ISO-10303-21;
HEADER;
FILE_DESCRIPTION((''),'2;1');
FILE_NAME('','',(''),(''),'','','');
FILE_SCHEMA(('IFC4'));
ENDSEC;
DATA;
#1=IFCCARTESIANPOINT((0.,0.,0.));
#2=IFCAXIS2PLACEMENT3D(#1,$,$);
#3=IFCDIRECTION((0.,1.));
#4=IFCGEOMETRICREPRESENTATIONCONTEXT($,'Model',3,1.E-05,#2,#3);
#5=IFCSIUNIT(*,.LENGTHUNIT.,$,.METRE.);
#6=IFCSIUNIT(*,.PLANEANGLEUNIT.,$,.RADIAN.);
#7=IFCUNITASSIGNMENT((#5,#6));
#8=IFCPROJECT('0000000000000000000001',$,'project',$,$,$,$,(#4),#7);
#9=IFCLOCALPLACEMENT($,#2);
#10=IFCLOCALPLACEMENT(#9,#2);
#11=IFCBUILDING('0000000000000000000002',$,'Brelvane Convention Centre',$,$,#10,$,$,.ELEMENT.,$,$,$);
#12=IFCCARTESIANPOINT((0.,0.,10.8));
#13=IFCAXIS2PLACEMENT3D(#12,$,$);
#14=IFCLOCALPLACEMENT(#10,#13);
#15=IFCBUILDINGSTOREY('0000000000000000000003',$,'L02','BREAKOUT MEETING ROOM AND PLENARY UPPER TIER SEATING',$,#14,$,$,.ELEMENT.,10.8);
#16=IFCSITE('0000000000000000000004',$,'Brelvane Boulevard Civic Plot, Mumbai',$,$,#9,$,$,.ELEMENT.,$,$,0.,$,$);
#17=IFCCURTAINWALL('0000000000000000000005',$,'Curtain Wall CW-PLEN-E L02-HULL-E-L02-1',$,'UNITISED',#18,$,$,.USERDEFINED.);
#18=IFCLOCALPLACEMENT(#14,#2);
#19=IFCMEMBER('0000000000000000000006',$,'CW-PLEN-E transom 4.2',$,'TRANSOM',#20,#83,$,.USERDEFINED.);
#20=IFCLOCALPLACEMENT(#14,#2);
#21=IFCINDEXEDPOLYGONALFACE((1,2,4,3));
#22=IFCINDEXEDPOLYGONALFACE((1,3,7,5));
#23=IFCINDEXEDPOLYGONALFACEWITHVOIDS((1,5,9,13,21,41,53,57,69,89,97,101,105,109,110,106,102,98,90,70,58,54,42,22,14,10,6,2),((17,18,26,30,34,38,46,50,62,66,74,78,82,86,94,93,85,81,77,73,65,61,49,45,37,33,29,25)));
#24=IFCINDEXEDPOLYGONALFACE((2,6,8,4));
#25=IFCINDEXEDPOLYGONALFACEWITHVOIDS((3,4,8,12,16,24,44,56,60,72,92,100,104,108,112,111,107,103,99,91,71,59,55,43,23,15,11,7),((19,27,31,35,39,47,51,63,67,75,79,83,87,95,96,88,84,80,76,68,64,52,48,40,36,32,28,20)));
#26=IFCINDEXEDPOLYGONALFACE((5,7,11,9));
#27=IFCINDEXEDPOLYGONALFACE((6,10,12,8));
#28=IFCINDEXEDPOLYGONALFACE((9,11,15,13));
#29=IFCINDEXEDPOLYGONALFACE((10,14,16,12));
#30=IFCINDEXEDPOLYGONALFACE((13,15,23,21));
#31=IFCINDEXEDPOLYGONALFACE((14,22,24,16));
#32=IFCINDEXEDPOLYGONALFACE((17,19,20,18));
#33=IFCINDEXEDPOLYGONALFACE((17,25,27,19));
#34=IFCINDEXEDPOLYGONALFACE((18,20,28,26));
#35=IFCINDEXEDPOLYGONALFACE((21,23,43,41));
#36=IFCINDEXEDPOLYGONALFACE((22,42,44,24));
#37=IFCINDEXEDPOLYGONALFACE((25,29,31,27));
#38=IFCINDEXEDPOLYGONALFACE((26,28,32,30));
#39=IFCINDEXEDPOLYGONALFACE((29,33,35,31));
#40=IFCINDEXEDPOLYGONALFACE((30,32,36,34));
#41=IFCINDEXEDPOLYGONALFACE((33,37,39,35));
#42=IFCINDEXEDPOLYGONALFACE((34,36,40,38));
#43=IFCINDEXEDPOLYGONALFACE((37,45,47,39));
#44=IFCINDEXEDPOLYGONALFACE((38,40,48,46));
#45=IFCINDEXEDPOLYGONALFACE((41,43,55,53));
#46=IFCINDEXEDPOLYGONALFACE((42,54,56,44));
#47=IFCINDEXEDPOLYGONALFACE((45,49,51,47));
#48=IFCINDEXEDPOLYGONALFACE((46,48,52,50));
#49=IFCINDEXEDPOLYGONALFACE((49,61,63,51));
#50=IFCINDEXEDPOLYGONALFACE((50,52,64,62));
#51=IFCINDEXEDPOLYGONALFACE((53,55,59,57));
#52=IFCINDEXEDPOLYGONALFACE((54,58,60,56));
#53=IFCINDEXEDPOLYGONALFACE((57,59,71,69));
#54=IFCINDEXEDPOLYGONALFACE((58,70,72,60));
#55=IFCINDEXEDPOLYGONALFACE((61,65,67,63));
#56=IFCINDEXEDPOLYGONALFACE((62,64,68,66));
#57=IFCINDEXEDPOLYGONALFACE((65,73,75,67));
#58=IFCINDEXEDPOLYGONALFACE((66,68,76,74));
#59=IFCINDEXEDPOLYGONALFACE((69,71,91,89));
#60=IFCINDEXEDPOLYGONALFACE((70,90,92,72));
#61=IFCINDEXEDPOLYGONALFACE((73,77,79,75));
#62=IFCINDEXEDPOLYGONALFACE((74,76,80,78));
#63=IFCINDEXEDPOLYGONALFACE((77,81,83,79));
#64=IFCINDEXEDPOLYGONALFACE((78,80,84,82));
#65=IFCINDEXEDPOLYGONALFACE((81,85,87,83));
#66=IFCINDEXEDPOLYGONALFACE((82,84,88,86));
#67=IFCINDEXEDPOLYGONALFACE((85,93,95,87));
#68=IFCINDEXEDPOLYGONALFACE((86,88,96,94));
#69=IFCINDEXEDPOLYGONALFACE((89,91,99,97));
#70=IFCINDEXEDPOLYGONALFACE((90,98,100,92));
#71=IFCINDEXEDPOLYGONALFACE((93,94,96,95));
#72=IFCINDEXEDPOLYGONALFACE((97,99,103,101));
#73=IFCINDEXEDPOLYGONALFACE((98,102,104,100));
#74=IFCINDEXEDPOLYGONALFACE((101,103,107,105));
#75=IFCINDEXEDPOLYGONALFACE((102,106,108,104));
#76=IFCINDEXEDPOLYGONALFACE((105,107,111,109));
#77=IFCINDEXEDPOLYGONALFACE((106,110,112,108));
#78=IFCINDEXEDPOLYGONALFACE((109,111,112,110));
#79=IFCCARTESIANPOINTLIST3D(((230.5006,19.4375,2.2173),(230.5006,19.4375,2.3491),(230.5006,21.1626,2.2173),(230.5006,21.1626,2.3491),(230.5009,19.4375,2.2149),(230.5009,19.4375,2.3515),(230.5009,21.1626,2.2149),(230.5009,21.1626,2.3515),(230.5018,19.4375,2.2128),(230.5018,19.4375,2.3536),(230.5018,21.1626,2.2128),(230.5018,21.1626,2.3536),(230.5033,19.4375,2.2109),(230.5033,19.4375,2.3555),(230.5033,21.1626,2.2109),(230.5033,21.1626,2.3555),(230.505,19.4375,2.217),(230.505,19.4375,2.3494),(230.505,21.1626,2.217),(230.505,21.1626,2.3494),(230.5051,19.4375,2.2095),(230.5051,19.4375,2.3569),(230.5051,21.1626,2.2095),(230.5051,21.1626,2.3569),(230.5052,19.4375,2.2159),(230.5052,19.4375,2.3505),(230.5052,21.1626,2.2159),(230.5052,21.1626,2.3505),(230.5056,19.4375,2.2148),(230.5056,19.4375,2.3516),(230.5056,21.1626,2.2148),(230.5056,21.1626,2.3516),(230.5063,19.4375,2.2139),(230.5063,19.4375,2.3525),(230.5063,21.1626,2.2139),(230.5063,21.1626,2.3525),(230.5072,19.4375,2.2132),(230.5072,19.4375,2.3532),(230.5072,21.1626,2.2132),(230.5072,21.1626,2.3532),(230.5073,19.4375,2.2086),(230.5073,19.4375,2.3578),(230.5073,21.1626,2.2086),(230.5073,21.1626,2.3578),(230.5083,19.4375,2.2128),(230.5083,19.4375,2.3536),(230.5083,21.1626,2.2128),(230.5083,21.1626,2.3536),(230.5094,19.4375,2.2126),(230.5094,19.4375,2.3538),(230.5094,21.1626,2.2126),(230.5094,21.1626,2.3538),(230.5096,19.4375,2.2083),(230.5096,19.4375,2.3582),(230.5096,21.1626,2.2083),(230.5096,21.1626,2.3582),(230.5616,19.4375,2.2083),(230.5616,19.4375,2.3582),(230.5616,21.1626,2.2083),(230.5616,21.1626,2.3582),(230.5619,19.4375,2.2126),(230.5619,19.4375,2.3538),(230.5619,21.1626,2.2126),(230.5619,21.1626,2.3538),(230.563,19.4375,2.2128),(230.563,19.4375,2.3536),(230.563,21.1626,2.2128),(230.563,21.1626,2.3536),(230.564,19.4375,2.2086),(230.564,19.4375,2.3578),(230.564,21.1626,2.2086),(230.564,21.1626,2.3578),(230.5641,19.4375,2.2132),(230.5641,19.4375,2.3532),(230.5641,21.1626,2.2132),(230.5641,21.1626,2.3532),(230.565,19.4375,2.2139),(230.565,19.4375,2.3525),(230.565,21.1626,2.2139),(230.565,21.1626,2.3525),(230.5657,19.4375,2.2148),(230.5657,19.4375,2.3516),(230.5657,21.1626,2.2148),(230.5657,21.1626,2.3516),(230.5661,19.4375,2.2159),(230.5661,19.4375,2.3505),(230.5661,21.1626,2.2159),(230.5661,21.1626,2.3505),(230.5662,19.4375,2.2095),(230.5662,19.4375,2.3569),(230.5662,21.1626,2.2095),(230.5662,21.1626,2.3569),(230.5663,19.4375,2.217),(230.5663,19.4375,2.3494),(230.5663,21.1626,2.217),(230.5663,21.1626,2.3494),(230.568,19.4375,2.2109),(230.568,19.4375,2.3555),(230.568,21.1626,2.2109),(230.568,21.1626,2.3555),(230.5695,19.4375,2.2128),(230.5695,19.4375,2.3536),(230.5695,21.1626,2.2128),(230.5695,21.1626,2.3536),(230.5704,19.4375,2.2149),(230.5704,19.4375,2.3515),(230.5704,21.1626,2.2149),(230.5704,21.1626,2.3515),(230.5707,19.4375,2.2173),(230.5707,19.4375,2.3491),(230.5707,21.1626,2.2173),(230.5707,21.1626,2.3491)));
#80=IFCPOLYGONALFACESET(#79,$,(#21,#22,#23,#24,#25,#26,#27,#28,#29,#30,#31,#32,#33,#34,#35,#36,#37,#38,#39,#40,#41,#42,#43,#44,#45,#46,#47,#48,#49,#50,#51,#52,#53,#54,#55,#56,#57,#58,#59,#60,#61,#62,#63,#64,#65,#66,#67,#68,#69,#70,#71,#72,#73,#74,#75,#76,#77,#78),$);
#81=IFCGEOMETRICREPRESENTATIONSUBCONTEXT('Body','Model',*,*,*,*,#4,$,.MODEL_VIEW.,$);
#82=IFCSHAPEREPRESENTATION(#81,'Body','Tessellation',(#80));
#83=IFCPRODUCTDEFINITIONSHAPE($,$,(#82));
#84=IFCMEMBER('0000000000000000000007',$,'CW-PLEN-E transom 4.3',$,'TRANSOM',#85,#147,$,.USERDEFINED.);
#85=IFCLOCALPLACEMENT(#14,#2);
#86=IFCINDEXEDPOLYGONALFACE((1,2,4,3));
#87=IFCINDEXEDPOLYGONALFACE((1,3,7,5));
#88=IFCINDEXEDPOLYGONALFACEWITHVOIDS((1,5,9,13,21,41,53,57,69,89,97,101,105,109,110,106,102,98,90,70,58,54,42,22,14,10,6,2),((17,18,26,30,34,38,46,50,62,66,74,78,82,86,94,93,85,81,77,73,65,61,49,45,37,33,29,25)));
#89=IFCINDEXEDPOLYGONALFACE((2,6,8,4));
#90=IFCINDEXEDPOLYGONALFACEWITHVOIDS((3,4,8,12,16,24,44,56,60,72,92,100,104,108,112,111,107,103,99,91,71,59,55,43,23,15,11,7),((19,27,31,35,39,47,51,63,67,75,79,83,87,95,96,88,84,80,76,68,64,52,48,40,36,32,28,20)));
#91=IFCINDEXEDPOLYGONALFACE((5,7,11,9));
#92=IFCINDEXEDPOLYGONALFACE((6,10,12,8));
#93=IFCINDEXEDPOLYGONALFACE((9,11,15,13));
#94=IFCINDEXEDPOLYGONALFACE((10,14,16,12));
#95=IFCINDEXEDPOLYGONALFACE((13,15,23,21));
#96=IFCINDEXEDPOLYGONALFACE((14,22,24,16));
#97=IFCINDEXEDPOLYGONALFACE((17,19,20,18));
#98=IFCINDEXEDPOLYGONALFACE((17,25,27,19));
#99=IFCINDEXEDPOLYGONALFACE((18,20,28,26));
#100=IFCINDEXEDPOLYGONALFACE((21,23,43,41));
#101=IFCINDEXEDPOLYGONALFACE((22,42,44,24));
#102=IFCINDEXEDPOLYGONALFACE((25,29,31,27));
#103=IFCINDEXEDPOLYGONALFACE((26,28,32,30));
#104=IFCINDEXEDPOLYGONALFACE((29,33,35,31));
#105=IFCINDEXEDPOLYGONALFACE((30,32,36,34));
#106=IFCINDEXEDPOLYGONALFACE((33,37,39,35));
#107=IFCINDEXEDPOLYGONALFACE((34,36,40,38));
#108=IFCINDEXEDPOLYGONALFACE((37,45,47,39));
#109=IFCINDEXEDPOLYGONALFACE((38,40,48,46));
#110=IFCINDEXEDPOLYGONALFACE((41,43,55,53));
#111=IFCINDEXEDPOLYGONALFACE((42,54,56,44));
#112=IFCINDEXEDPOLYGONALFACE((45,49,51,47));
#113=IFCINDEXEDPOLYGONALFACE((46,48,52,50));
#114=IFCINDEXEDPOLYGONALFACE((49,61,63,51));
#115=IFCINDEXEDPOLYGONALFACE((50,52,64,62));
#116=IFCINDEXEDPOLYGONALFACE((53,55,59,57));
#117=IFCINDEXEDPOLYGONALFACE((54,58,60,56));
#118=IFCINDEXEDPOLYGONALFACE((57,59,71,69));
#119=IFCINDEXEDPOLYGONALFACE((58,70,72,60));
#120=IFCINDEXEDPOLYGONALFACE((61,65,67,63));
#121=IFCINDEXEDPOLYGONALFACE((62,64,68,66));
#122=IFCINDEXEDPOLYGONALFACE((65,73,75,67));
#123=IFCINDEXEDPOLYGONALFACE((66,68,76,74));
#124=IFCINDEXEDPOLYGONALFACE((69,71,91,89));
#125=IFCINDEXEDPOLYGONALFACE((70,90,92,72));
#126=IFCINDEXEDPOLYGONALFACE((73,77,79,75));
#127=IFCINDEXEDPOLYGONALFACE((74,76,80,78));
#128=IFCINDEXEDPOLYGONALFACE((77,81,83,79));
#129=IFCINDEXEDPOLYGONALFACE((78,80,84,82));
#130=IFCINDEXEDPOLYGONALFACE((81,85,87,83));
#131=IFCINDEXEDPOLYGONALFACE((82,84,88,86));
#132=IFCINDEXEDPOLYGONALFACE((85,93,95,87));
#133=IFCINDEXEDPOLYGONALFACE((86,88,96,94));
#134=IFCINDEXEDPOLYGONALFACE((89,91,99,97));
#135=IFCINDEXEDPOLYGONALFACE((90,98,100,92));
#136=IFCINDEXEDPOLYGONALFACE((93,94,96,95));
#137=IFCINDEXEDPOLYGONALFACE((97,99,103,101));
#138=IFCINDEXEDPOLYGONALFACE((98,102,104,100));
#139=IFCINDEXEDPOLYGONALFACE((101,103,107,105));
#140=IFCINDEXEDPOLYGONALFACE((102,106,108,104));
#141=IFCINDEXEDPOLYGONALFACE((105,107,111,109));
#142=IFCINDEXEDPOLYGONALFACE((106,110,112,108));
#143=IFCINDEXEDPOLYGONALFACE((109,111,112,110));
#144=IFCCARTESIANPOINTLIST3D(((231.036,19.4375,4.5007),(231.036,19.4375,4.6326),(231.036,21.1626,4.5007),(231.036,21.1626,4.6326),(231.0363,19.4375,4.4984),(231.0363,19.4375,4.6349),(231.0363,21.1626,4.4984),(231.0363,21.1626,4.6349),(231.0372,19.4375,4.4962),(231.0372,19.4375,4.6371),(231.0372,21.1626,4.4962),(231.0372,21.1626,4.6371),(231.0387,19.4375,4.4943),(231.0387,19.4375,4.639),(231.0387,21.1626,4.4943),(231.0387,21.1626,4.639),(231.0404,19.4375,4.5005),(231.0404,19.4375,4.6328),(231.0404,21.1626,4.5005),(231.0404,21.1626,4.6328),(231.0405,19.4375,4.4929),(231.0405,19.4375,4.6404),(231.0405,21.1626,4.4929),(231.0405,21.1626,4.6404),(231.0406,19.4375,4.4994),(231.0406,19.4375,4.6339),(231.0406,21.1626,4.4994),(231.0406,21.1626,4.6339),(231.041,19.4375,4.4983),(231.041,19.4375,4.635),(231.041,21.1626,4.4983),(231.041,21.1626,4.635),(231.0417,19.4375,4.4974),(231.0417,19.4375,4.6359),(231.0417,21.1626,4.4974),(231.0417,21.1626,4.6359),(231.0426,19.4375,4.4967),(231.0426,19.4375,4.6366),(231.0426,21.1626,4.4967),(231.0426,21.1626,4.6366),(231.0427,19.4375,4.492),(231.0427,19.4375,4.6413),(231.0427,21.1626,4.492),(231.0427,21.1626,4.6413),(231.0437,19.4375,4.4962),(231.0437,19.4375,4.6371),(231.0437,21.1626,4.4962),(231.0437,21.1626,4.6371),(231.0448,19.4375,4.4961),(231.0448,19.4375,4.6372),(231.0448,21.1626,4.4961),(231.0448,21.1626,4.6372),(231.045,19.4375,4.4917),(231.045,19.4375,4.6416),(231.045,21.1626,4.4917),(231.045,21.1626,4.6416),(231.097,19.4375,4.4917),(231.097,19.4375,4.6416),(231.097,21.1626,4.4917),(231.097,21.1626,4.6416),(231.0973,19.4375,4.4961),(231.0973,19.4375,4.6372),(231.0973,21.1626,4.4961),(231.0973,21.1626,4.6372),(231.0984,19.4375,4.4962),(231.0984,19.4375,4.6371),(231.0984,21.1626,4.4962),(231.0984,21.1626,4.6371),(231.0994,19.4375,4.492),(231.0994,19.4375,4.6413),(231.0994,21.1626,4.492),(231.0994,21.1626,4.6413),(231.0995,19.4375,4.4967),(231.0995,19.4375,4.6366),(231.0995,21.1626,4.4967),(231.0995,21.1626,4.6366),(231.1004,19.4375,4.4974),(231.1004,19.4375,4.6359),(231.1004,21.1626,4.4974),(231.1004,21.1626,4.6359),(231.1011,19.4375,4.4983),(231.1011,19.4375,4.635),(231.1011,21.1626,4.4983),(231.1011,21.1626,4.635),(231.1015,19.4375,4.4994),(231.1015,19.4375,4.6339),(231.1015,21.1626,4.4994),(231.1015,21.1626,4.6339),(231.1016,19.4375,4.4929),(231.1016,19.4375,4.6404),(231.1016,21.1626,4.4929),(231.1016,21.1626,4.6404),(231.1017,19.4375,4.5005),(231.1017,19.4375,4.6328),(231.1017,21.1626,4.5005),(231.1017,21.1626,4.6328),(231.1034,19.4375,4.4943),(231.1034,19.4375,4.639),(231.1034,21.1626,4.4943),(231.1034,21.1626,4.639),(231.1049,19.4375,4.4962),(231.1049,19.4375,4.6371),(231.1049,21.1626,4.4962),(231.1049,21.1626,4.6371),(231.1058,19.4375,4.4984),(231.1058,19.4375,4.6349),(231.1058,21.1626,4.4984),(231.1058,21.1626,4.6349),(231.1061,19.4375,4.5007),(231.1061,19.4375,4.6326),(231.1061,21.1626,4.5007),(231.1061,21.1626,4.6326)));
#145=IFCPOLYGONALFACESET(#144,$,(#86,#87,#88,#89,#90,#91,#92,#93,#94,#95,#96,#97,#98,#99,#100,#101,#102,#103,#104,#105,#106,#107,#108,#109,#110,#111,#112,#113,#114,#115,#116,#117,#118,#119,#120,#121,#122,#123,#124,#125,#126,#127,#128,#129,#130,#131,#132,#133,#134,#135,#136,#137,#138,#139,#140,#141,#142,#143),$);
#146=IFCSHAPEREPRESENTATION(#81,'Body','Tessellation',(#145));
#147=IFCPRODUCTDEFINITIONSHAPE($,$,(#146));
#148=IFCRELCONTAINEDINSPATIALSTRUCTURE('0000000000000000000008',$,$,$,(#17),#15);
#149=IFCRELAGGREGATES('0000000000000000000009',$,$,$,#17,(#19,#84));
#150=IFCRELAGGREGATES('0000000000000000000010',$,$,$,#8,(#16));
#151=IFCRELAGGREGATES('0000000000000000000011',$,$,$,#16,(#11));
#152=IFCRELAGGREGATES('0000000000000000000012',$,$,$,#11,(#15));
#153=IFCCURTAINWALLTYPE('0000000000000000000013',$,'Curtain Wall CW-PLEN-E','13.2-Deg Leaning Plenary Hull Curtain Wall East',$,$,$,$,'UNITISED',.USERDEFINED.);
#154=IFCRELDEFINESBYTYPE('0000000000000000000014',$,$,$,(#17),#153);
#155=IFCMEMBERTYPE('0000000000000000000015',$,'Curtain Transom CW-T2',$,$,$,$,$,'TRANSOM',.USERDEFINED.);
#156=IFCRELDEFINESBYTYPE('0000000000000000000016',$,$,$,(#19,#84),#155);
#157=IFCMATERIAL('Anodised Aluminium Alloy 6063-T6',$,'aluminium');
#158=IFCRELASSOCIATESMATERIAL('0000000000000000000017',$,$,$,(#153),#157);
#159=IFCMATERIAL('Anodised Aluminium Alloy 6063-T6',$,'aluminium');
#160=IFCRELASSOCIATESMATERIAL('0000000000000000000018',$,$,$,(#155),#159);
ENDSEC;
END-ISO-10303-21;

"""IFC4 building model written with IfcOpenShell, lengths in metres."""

from ifc_helpers import new_model, si_unit, direction, frame, origin, origin_2d, place, context, subcontext, project, spatial, hollow_rectangle, extrude, material, material_profile, profile_set, type_object, element, aggregate, save


model = new_model("IFC4")

# Units and contexts
model_context = context("Model", 3, precision=1e-05, world=origin(), true_north=direction((0.0, 1.0)))
body_context = subcontext(model_context, "Body", "Model", "MODEL_VIEW")
ifc_project = project(units=[si_unit("LENGTHUNIT", "METRE"), si_unit("PLANEANGLEUNIT", "RADIAN")], contexts=[model_context])

# Site, building, storey
site_placement = place(None, origin())
site = spatial("IfcSite", under=ifc_project, at=site_placement, Name="Brelvane Boulevard Civic Plot, Mumbai", CompositionType="ELEMENT", RefElevation=0.0)
building_placement = place(site_placement, origin())
building = spatial("IfcBuilding", under=site, at=building_placement, Name="Brelvane Convention Centre", CompositionType="ELEMENT")
storey_placement = place(building_placement, frame((0.0, 0.0, 10.8)))
storey = spatial("IfcBuildingStorey", under=building, at=storey_placement, Name="L02", Description="BREAKOUT MEETING ROOM AND PLENARY UPPER TIER SEATING", CompositionType="ELEMENT", Elevation=10.8)

# Curtain wall, members
ifc_material_1 = material(Name="Anodised Aluminium Alloy 6063-T6", Category="aluminium")
curtain_wall_type = type_object("IfcCurtainWallType", Name="Curtain Wall CW-PLEN-E", Description="13.2-Deg Leaning Plenary Hull Curtain Wall East", ElementType="UNITISED", PredefinedType="USERDEFINED", material=ifc_material_1)
curtain_wall_placement = place(storey_placement, origin())
curtain_wall = element("IfcCurtainWall", 1, at=curtain_wall_placement, inside=storey, type_object=curtain_wall_type, Name="Curtain Wall CW-PLEN-E L02-HULL-E-L02-1", ObjectType="UNITISED", PredefinedType="USERDEFINED")
ifc_material_2 = material(Name="Anodised Aluminium Alloy 6063-T6", Category="aluminium")
ifc_material_profile_1 = material_profile(ifc_material_2, hollow_rectangle(XDim=0.0701, YDim=0.1499, WallThickness=0.0044, InnerFilletRadius=0.0044, OuterFilletRadius=0.009, at=origin_2d()), Name="ALU-T 150x70x4.5")
ifc_profile_set_1 = profile_set([ifc_material_profile_1], Name="Anodised Aluminium Alloy 6063-T6")
member_type_1 = type_object("IfcMemberType", Name="Curtain Transom CW-T2", ElementType="TRANSOM", PredefinedType="USERDEFINED", material=ifc_profile_set_1)
member_1_placement = place(storey_placement, frame((230.5356, 19.4375, 2.2832), z_axis=(0.0, 1.0, 0.0), x_axis=(-1.0, 0.0, 0.0)))
member_1 = element("IfcMember", 2, at=member_1_placement, type_object=member_type_1, Name="CW-PLEN-E transom 4.2", ObjectType="TRANSOM", PredefinedType="USERDEFINED", context=body_context, shape_type="SweptSolid", body=[
    extrude(hollow_rectangle(XDim=0.0701, YDim=0.1499, WallThickness=0.0044, InnerFilletRadius=0.0044, OuterFilletRadius=0.009, at=origin_2d()), origin(), (0.0, 0.0, 1.0), 1.7251),
])
member_2_placement = place(storey_placement, frame((231.071, 19.4375, 4.5667), z_axis=(0.0, 1.0, 0.0), x_axis=(-1.0, 0.0, 0.0)))
member_2 = element("IfcMember", 3, at=member_2_placement, type_object=member_type_1, Name="CW-PLEN-E transom 4.3", ObjectType="TRANSOM", PredefinedType="USERDEFINED", context=body_context, shape_type="SweptSolid", body=[
    extrude(hollow_rectangle(XDim=0.0701, YDim=0.1499, WallThickness=0.0044, InnerFilletRadius=0.0044, OuterFilletRadius=0.009, at=origin_2d()), origin(), (0.0, 0.0, 1.0), 1.7251),
])
aggregate(curtain_wall, [member_1, member_2])

save(model, "model.ifc")
